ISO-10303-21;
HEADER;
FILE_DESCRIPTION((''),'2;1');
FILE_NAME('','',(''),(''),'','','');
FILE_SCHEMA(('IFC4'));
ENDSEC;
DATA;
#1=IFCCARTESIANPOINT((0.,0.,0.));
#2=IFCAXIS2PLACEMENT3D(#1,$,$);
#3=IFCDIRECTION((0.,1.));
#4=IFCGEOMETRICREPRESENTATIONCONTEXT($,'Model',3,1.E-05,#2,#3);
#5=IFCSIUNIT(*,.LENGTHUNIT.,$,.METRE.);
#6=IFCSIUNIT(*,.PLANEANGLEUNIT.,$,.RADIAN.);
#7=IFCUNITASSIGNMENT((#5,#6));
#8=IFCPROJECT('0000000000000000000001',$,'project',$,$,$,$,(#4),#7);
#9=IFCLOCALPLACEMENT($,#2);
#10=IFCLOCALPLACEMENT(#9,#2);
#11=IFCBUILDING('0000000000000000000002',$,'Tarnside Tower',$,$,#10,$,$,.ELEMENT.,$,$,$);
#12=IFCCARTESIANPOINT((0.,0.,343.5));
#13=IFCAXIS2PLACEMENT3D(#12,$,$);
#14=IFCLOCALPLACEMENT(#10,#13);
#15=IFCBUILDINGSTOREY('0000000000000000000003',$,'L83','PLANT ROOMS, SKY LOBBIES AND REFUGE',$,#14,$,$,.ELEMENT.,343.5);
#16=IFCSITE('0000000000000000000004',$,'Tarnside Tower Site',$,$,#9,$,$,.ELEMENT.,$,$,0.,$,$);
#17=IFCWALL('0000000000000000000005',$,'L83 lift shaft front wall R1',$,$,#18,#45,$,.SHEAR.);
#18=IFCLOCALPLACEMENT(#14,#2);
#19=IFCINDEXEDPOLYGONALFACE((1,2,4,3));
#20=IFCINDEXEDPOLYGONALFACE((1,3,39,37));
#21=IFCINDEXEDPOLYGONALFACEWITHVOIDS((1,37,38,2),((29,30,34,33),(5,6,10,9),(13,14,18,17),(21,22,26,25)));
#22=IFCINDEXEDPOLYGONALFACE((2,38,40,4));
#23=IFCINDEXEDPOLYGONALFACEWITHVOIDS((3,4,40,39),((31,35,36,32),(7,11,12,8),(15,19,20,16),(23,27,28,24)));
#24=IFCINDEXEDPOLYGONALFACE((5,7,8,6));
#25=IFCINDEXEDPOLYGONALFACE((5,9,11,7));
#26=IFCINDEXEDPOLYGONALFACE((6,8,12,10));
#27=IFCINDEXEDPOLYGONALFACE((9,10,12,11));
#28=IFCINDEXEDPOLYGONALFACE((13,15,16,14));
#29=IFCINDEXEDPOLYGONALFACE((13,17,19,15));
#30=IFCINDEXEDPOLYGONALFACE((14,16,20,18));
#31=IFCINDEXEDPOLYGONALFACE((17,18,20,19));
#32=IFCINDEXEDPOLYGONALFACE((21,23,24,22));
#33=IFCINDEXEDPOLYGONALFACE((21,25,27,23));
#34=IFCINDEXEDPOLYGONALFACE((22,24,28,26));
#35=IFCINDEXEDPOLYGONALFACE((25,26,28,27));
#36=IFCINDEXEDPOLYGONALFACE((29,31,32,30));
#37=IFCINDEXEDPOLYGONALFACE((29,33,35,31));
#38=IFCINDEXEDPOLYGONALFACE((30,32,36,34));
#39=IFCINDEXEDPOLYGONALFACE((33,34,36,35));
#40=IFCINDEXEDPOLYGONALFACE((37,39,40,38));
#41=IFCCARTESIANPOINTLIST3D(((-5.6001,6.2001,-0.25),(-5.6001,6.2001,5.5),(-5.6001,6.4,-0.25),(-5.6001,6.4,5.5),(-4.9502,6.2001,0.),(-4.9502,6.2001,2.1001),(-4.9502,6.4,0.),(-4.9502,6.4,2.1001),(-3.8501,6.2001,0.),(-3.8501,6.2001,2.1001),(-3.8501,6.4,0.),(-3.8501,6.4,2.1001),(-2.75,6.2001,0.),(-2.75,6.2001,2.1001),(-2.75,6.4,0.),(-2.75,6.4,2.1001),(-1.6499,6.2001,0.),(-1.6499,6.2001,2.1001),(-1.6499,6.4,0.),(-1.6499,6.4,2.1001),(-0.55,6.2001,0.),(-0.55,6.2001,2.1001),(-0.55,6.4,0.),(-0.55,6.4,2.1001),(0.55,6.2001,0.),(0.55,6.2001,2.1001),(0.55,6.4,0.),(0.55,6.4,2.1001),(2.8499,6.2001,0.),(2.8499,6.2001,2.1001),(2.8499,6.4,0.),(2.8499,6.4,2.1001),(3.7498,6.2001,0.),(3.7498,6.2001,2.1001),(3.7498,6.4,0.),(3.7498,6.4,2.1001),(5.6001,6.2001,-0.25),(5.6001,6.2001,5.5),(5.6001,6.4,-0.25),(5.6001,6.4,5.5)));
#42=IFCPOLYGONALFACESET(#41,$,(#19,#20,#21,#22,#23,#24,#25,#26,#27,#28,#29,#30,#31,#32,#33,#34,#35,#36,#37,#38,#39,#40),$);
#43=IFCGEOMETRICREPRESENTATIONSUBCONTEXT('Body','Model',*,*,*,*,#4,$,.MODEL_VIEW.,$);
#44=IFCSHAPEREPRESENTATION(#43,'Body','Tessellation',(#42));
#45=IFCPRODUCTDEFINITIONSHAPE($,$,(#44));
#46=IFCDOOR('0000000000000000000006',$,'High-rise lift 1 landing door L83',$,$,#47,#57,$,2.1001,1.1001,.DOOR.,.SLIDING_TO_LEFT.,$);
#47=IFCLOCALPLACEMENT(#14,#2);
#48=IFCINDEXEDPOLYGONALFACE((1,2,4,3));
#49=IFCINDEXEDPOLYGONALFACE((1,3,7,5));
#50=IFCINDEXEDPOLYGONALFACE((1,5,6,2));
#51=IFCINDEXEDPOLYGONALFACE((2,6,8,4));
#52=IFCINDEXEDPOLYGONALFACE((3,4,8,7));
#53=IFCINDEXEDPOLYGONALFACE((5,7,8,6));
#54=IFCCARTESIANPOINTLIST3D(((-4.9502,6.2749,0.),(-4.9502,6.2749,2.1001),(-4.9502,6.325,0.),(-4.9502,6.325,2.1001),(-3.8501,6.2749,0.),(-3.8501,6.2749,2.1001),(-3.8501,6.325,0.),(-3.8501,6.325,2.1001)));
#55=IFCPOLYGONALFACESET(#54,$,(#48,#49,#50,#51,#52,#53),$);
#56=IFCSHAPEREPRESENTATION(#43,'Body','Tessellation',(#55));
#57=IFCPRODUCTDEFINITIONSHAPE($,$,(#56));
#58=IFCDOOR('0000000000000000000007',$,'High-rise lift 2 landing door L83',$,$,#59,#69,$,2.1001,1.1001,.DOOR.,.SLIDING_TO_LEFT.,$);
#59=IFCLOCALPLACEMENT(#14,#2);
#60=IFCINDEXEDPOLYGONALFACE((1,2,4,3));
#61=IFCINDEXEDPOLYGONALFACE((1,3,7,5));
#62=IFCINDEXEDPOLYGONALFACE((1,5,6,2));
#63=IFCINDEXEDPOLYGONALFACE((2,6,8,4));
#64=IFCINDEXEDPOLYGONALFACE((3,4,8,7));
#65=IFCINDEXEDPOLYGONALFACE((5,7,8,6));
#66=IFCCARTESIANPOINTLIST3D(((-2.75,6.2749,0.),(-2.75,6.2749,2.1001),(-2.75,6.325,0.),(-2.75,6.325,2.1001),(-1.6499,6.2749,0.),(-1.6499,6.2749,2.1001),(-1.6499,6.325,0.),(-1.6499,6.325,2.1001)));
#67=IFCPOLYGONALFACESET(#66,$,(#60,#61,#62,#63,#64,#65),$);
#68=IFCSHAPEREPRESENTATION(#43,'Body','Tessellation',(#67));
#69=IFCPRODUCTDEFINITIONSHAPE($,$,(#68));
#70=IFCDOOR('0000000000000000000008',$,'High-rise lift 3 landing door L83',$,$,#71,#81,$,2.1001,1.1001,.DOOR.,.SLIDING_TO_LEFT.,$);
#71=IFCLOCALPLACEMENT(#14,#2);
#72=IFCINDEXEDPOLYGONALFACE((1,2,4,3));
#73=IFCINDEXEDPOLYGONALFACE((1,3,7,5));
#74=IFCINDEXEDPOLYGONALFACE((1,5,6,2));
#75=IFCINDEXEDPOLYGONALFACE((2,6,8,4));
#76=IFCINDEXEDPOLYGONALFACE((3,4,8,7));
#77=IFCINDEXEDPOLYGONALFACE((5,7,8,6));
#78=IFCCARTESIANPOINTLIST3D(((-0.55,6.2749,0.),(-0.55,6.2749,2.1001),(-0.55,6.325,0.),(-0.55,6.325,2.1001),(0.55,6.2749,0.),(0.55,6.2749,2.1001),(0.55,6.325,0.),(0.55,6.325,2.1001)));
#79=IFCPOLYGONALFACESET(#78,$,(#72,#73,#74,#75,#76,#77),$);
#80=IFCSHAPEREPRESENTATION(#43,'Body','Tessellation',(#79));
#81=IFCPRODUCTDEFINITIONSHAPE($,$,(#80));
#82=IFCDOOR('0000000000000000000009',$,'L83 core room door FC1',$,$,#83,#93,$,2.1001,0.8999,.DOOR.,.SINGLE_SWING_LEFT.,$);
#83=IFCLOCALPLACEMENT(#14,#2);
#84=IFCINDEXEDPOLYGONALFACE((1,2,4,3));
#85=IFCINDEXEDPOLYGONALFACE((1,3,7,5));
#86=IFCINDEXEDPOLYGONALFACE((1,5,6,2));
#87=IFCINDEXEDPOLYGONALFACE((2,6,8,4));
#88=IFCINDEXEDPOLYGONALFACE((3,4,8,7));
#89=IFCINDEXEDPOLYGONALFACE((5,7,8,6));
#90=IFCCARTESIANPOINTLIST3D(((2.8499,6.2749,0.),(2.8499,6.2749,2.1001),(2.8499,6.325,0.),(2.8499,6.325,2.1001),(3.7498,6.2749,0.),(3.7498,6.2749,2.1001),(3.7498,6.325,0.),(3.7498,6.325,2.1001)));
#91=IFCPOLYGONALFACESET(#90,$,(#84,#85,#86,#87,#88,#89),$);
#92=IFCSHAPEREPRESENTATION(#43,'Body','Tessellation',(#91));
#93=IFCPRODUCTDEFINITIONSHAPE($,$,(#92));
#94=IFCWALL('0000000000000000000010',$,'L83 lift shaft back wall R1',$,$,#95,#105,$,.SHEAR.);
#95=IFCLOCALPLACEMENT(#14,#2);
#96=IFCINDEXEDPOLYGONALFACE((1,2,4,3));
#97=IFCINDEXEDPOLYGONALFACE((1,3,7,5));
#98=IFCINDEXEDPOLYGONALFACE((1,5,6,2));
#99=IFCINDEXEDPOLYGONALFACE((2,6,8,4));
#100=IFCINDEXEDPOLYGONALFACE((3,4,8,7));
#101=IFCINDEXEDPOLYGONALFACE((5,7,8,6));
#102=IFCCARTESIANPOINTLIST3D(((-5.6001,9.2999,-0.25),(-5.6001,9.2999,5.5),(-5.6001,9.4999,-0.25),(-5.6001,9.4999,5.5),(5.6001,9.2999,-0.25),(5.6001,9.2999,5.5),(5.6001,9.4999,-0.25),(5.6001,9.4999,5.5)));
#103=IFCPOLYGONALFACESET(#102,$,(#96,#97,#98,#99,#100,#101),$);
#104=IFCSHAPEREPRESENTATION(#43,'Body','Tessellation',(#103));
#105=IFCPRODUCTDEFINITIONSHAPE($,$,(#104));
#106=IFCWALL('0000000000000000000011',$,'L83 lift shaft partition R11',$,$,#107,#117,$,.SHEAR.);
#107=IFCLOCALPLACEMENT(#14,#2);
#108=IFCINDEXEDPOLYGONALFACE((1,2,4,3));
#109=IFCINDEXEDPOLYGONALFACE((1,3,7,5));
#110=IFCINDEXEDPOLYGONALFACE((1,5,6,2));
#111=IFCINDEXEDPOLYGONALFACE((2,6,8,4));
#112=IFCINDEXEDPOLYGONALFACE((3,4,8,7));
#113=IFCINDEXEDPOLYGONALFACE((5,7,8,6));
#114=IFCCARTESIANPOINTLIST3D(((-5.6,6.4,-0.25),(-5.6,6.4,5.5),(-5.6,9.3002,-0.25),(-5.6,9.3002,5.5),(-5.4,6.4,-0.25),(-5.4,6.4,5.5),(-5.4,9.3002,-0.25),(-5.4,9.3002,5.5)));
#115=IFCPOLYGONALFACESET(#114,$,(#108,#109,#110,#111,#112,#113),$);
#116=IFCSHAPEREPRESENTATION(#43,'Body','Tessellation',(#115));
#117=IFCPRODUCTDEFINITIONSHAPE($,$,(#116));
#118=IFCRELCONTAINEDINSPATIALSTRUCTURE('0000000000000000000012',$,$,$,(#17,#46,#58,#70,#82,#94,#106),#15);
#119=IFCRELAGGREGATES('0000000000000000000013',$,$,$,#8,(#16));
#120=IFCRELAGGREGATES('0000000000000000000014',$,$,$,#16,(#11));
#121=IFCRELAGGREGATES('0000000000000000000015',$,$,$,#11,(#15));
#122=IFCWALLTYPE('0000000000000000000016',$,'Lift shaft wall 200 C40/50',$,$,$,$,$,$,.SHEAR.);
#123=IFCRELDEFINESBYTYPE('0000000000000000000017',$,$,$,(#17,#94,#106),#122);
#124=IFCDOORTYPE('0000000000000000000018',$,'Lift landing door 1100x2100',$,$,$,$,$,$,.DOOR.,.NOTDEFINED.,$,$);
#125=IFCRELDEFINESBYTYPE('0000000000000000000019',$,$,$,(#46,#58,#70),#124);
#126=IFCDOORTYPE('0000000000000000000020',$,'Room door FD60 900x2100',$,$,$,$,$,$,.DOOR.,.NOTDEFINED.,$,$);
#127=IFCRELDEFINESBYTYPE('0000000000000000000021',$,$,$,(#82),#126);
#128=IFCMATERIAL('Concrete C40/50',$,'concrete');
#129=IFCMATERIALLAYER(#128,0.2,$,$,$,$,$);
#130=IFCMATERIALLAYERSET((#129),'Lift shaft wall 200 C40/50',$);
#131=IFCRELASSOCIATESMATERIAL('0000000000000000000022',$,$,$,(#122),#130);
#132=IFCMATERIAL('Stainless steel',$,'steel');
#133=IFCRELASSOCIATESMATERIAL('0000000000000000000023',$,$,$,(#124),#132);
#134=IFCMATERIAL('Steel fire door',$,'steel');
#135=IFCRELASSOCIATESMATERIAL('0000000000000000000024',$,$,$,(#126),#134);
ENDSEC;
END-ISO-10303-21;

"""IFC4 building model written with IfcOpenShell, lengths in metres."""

from ifc_helpers import new_model, si_unit, direction, frame, frame_2d, origin, place, context, subcontext, project, spatial, rectangle, extrude, material, layer, layer_set, type_object, element, fill, save


model = new_model("IFC4")

# Units and contexts
model_context = context("Model", 3, precision=1e-05, world=origin(), true_north=direction((0.0, 1.0)))
body_context = subcontext(model_context, "Body", "Model", "MODEL_VIEW")
ifc_project = project(units=[si_unit("LENGTHUNIT", "METRE"), si_unit("PLANEANGLEUNIT", "RADIAN")], contexts=[model_context])

# Site, building, storey
site_placement = place(None, origin())
site = spatial("IfcSite", under=ifc_project, at=site_placement, Name="Tarnside Tower Site", CompositionType="ELEMENT", RefElevation=0.0)
building_placement = place(site_placement, origin())
building = spatial("IfcBuilding", under=site, at=building_placement, Name="Tarnside Tower", CompositionType="ELEMENT")
storey_placement = place(building_placement, frame((0.0, 0.0, 343.5)))
storey = spatial("IfcBuildingStorey", under=building, at=storey_placement, Name="L83", Description="PLANT ROOMS, SKY LOBBIES AND REFUGE", CompositionType="ELEMENT", Elevation=343.5)

# Shared definitions
ifc_material_1 = material(Name="Steel fire door", Category="steel")

# Wall, openings, doors
ifc_material_2 = material(Name="Concrete C40/50", Category="concrete")
ifc_layer_1 = layer(ifc_material_2, 0.2)
ifc_layer_set_1 = layer_set([ifc_layer_1], Name="Lift shaft wall 200 C40/50")
wall_type_1 = type_object("IfcWallType", Name="Lift shaft wall 200 C40/50", PredefinedType="SHEAR", material=ifc_layer_set_1)
wall_1_placement = place(storey_placement, frame((-5.6001, 6.3, -0.25), z_axis=(0.0, 0.0, 1.0), x_axis=(1.0, 0.0, 0.0)))
wall_1 = element("IfcWall", 1, at=wall_1_placement, inside=storey, type_object=wall_type_1, Name="L83 lift shaft front wall R1", PredefinedType="SHEAR", context=body_context, shape_type="SweptSolid", body=[
    extrude(rectangle(XDim=11.2002, YDim=0.2, at=frame_2d((5.6001, 0.0))), origin(), (0.0, 0.0, 1.0), 5.75),
])
opening_1_placement = place(wall_1_placement, frame((8.45, 0.0, 0.25)))
opening_1 = element("IfcOpeningElement", 2, at=opening_1_placement, cuts=wall_1, PredefinedType="OPENING", context=body_context, shape_type="SweptSolid", body=[
    extrude(rectangle(XDim=0.8999, YDim=2.1001, at=frame_2d((0.45, 1.05))), frame((0.0, 0.1099, 0.0), z_axis=(0.0, -1.0, 0.0), x_axis=(1.0, 0.0, 0.0)), (0.0, 0.0, 1.0), 0.22),
])
opening_2_placement = place(wall_1_placement, frame((0.6499, 0.0, 0.25)))
opening_2 = element("IfcOpeningElement", 3, at=opening_2_placement, cuts=wall_1, PredefinedType="OPENING", context=body_context, shape_type="SweptSolid", body=[
    extrude(rectangle(XDim=1.1001, YDim=2.1001, at=frame_2d((0.55, 1.05))), frame((0.0, 0.1099, 0.0), z_axis=(0.0, -1.0, 0.0), x_axis=(1.0, 0.0, 0.0)), (0.0, 0.0, 1.0), 0.22),
])
opening_3_placement = place(wall_1_placement, frame((2.8501, 0.0, 0.25)))
opening_3 = element("IfcOpeningElement", 4, at=opening_3_placement, cuts=wall_1, PredefinedType="OPENING", context=body_context, shape_type="SweptSolid", body=[
    extrude(rectangle(XDim=1.1001, YDim=2.1001, at=frame_2d((0.55, 1.05))), frame((0.0, 0.1099, 0.0), z_axis=(0.0, -1.0, 0.0), x_axis=(1.0, 0.0, 0.0)), (0.0, 0.0, 1.0), 0.22),
])
opening_4_placement = place(wall_1_placement, frame((5.05, 0.0, 0.25)))
opening_4 = element("IfcOpeningElement", 5, at=opening_4_placement, cuts=wall_1, PredefinedType="OPENING", context=body_context, shape_type="SweptSolid", body=[
    extrude(rectangle(XDim=1.1001, YDim=2.1001, at=frame_2d((0.55, 1.05))), frame((0.0, 0.1099, 0.0), z_axis=(0.0, -1.0, 0.0), x_axis=(1.0, 0.0, 0.0)), (0.0, 0.0, 1.0), 0.22),
])
ifc_material_3 = material(Name="Stainless steel", Category="steel")
door_type_1 = type_object("IfcDoorType", Name="Lift landing door 1100x2100", OperationType="NOTDEFINED", PredefinedType="DOOR", material=ifc_material_3)
door_1_placement = place(opening_2_placement, origin())
door_1 = element("IfcDoor", 6, at=door_1_placement, inside=storey, type_object=door_type_1, Name="High-rise lift 1 landing door L83", OperationType="SLIDING_TO_LEFT", OverallHeight=2.1001, OverallWidth=1.1001, PredefinedType="DOOR", context=body_context, shape_type="SweptSolid", body=[
    extrude(rectangle(XDim=1.1001, YDim=2.1001, at=frame_2d((0.55, 1.05))), frame((0.0, 0.0249, 0.0), z_axis=(0.0, -1.0, 0.0), x_axis=(1.0, 0.0, 0.0)), (0.0, 0.0, 1.0), 0.05),
])
fill(opening_2, door_1)
door_2_placement = place(opening_3_placement, origin())
door_2 = element("IfcDoor", 7, at=door_2_placement, inside=storey, type_object=door_type_1, Name="High-rise lift 2 landing door L83", OperationType="SLIDING_TO_LEFT", OverallHeight=2.1001, OverallWidth=1.1001, PredefinedType="DOOR", context=body_context, shape_type="SweptSolid", body=[
    extrude(rectangle(XDim=1.1001, YDim=2.1001, at=frame_2d((0.55, 1.05))), frame((0.0, 0.0249, 0.0), z_axis=(0.0, -1.0, 0.0), x_axis=(1.0, 0.0, 0.0)), (0.0, 0.0, 1.0), 0.05),
])
fill(opening_3, door_2)
door_3_placement = place(opening_4_placement, origin())
door_3 = element("IfcDoor", 8, at=door_3_placement, inside=storey, type_object=door_type_1, Name="High-rise lift 3 landing door L83", OperationType="SLIDING_TO_LEFT", OverallHeight=2.1001, OverallWidth=1.1001, PredefinedType="DOOR", context=body_context, shape_type="SweptSolid", body=[
    extrude(rectangle(XDim=1.1001, YDim=2.1001, at=frame_2d((0.55, 1.05))), frame((0.0, 0.0249, 0.0), z_axis=(0.0, -1.0, 0.0), x_axis=(1.0, 0.0, 0.0)), (0.0, 0.0, 1.0), 0.05),
])
fill(opening_4, door_3)
door_type_2 = type_object("IfcDoorType", Name="Room door FD60 900x2100", OperationType="NOTDEFINED", PredefinedType="DOOR", material=ifc_material_1)
door_4_placement = place(opening_1_placement, origin())
door_4 = element("IfcDoor", 9, at=door_4_placement, inside=storey, type_object=door_type_2, Name="L83 core room door FC1", OperationType="SINGLE_SWING_LEFT", OverallHeight=2.1001, OverallWidth=0.8999, PredefinedType="DOOR", context=body_context, shape_type="SweptSolid", body=[
    extrude(rectangle(XDim=0.8999, YDim=2.1001, at=frame_2d((0.45, 1.05))), frame((0.0, 0.0249, 0.0), z_axis=(0.0, -1.0, 0.0), x_axis=(1.0, 0.0, 0.0)), (0.0, 0.0, 1.0), 0.05),
])
fill(opening_1, door_4)

# Walls
wall_2_placement = place(storey_placement, frame((-5.6001, 9.3999, -0.25), z_axis=(0.0, 0.0, 1.0), x_axis=(1.0, 0.0, 0.0)))
element("IfcWall", 10, at=wall_2_placement, inside=storey, type_object=wall_type_1, Name="L83 lift shaft back wall R1", PredefinedType="SHEAR", context=body_context, shape_type="SweptSolid", body=[
    extrude(rectangle(XDim=11.2002, YDim=0.2, at=frame_2d((5.6001, 0.0))), origin(), (0.0, 0.0, 1.0), 5.75),
])
wall_3_placement = place(storey_placement, frame((-5.5, 6.3999, -0.25), z_axis=(0.0, 0.0, 1.0), x_axis=(0.0, 1.0, 0.0)))
element("IfcWall", 11, at=wall_3_placement, inside=storey, type_object=wall_type_1, Name="L83 lift shaft partition R11", PredefinedType="SHEAR", context=body_context, shape_type="SweptSolid", body=[
    extrude(rectangle(XDim=2.9001, YDim=0.2, at=frame_2d((1.4502, 0.0))), origin(), (0.0, 0.0, 1.0), 5.75),
])

save(model, "model.ifc")
